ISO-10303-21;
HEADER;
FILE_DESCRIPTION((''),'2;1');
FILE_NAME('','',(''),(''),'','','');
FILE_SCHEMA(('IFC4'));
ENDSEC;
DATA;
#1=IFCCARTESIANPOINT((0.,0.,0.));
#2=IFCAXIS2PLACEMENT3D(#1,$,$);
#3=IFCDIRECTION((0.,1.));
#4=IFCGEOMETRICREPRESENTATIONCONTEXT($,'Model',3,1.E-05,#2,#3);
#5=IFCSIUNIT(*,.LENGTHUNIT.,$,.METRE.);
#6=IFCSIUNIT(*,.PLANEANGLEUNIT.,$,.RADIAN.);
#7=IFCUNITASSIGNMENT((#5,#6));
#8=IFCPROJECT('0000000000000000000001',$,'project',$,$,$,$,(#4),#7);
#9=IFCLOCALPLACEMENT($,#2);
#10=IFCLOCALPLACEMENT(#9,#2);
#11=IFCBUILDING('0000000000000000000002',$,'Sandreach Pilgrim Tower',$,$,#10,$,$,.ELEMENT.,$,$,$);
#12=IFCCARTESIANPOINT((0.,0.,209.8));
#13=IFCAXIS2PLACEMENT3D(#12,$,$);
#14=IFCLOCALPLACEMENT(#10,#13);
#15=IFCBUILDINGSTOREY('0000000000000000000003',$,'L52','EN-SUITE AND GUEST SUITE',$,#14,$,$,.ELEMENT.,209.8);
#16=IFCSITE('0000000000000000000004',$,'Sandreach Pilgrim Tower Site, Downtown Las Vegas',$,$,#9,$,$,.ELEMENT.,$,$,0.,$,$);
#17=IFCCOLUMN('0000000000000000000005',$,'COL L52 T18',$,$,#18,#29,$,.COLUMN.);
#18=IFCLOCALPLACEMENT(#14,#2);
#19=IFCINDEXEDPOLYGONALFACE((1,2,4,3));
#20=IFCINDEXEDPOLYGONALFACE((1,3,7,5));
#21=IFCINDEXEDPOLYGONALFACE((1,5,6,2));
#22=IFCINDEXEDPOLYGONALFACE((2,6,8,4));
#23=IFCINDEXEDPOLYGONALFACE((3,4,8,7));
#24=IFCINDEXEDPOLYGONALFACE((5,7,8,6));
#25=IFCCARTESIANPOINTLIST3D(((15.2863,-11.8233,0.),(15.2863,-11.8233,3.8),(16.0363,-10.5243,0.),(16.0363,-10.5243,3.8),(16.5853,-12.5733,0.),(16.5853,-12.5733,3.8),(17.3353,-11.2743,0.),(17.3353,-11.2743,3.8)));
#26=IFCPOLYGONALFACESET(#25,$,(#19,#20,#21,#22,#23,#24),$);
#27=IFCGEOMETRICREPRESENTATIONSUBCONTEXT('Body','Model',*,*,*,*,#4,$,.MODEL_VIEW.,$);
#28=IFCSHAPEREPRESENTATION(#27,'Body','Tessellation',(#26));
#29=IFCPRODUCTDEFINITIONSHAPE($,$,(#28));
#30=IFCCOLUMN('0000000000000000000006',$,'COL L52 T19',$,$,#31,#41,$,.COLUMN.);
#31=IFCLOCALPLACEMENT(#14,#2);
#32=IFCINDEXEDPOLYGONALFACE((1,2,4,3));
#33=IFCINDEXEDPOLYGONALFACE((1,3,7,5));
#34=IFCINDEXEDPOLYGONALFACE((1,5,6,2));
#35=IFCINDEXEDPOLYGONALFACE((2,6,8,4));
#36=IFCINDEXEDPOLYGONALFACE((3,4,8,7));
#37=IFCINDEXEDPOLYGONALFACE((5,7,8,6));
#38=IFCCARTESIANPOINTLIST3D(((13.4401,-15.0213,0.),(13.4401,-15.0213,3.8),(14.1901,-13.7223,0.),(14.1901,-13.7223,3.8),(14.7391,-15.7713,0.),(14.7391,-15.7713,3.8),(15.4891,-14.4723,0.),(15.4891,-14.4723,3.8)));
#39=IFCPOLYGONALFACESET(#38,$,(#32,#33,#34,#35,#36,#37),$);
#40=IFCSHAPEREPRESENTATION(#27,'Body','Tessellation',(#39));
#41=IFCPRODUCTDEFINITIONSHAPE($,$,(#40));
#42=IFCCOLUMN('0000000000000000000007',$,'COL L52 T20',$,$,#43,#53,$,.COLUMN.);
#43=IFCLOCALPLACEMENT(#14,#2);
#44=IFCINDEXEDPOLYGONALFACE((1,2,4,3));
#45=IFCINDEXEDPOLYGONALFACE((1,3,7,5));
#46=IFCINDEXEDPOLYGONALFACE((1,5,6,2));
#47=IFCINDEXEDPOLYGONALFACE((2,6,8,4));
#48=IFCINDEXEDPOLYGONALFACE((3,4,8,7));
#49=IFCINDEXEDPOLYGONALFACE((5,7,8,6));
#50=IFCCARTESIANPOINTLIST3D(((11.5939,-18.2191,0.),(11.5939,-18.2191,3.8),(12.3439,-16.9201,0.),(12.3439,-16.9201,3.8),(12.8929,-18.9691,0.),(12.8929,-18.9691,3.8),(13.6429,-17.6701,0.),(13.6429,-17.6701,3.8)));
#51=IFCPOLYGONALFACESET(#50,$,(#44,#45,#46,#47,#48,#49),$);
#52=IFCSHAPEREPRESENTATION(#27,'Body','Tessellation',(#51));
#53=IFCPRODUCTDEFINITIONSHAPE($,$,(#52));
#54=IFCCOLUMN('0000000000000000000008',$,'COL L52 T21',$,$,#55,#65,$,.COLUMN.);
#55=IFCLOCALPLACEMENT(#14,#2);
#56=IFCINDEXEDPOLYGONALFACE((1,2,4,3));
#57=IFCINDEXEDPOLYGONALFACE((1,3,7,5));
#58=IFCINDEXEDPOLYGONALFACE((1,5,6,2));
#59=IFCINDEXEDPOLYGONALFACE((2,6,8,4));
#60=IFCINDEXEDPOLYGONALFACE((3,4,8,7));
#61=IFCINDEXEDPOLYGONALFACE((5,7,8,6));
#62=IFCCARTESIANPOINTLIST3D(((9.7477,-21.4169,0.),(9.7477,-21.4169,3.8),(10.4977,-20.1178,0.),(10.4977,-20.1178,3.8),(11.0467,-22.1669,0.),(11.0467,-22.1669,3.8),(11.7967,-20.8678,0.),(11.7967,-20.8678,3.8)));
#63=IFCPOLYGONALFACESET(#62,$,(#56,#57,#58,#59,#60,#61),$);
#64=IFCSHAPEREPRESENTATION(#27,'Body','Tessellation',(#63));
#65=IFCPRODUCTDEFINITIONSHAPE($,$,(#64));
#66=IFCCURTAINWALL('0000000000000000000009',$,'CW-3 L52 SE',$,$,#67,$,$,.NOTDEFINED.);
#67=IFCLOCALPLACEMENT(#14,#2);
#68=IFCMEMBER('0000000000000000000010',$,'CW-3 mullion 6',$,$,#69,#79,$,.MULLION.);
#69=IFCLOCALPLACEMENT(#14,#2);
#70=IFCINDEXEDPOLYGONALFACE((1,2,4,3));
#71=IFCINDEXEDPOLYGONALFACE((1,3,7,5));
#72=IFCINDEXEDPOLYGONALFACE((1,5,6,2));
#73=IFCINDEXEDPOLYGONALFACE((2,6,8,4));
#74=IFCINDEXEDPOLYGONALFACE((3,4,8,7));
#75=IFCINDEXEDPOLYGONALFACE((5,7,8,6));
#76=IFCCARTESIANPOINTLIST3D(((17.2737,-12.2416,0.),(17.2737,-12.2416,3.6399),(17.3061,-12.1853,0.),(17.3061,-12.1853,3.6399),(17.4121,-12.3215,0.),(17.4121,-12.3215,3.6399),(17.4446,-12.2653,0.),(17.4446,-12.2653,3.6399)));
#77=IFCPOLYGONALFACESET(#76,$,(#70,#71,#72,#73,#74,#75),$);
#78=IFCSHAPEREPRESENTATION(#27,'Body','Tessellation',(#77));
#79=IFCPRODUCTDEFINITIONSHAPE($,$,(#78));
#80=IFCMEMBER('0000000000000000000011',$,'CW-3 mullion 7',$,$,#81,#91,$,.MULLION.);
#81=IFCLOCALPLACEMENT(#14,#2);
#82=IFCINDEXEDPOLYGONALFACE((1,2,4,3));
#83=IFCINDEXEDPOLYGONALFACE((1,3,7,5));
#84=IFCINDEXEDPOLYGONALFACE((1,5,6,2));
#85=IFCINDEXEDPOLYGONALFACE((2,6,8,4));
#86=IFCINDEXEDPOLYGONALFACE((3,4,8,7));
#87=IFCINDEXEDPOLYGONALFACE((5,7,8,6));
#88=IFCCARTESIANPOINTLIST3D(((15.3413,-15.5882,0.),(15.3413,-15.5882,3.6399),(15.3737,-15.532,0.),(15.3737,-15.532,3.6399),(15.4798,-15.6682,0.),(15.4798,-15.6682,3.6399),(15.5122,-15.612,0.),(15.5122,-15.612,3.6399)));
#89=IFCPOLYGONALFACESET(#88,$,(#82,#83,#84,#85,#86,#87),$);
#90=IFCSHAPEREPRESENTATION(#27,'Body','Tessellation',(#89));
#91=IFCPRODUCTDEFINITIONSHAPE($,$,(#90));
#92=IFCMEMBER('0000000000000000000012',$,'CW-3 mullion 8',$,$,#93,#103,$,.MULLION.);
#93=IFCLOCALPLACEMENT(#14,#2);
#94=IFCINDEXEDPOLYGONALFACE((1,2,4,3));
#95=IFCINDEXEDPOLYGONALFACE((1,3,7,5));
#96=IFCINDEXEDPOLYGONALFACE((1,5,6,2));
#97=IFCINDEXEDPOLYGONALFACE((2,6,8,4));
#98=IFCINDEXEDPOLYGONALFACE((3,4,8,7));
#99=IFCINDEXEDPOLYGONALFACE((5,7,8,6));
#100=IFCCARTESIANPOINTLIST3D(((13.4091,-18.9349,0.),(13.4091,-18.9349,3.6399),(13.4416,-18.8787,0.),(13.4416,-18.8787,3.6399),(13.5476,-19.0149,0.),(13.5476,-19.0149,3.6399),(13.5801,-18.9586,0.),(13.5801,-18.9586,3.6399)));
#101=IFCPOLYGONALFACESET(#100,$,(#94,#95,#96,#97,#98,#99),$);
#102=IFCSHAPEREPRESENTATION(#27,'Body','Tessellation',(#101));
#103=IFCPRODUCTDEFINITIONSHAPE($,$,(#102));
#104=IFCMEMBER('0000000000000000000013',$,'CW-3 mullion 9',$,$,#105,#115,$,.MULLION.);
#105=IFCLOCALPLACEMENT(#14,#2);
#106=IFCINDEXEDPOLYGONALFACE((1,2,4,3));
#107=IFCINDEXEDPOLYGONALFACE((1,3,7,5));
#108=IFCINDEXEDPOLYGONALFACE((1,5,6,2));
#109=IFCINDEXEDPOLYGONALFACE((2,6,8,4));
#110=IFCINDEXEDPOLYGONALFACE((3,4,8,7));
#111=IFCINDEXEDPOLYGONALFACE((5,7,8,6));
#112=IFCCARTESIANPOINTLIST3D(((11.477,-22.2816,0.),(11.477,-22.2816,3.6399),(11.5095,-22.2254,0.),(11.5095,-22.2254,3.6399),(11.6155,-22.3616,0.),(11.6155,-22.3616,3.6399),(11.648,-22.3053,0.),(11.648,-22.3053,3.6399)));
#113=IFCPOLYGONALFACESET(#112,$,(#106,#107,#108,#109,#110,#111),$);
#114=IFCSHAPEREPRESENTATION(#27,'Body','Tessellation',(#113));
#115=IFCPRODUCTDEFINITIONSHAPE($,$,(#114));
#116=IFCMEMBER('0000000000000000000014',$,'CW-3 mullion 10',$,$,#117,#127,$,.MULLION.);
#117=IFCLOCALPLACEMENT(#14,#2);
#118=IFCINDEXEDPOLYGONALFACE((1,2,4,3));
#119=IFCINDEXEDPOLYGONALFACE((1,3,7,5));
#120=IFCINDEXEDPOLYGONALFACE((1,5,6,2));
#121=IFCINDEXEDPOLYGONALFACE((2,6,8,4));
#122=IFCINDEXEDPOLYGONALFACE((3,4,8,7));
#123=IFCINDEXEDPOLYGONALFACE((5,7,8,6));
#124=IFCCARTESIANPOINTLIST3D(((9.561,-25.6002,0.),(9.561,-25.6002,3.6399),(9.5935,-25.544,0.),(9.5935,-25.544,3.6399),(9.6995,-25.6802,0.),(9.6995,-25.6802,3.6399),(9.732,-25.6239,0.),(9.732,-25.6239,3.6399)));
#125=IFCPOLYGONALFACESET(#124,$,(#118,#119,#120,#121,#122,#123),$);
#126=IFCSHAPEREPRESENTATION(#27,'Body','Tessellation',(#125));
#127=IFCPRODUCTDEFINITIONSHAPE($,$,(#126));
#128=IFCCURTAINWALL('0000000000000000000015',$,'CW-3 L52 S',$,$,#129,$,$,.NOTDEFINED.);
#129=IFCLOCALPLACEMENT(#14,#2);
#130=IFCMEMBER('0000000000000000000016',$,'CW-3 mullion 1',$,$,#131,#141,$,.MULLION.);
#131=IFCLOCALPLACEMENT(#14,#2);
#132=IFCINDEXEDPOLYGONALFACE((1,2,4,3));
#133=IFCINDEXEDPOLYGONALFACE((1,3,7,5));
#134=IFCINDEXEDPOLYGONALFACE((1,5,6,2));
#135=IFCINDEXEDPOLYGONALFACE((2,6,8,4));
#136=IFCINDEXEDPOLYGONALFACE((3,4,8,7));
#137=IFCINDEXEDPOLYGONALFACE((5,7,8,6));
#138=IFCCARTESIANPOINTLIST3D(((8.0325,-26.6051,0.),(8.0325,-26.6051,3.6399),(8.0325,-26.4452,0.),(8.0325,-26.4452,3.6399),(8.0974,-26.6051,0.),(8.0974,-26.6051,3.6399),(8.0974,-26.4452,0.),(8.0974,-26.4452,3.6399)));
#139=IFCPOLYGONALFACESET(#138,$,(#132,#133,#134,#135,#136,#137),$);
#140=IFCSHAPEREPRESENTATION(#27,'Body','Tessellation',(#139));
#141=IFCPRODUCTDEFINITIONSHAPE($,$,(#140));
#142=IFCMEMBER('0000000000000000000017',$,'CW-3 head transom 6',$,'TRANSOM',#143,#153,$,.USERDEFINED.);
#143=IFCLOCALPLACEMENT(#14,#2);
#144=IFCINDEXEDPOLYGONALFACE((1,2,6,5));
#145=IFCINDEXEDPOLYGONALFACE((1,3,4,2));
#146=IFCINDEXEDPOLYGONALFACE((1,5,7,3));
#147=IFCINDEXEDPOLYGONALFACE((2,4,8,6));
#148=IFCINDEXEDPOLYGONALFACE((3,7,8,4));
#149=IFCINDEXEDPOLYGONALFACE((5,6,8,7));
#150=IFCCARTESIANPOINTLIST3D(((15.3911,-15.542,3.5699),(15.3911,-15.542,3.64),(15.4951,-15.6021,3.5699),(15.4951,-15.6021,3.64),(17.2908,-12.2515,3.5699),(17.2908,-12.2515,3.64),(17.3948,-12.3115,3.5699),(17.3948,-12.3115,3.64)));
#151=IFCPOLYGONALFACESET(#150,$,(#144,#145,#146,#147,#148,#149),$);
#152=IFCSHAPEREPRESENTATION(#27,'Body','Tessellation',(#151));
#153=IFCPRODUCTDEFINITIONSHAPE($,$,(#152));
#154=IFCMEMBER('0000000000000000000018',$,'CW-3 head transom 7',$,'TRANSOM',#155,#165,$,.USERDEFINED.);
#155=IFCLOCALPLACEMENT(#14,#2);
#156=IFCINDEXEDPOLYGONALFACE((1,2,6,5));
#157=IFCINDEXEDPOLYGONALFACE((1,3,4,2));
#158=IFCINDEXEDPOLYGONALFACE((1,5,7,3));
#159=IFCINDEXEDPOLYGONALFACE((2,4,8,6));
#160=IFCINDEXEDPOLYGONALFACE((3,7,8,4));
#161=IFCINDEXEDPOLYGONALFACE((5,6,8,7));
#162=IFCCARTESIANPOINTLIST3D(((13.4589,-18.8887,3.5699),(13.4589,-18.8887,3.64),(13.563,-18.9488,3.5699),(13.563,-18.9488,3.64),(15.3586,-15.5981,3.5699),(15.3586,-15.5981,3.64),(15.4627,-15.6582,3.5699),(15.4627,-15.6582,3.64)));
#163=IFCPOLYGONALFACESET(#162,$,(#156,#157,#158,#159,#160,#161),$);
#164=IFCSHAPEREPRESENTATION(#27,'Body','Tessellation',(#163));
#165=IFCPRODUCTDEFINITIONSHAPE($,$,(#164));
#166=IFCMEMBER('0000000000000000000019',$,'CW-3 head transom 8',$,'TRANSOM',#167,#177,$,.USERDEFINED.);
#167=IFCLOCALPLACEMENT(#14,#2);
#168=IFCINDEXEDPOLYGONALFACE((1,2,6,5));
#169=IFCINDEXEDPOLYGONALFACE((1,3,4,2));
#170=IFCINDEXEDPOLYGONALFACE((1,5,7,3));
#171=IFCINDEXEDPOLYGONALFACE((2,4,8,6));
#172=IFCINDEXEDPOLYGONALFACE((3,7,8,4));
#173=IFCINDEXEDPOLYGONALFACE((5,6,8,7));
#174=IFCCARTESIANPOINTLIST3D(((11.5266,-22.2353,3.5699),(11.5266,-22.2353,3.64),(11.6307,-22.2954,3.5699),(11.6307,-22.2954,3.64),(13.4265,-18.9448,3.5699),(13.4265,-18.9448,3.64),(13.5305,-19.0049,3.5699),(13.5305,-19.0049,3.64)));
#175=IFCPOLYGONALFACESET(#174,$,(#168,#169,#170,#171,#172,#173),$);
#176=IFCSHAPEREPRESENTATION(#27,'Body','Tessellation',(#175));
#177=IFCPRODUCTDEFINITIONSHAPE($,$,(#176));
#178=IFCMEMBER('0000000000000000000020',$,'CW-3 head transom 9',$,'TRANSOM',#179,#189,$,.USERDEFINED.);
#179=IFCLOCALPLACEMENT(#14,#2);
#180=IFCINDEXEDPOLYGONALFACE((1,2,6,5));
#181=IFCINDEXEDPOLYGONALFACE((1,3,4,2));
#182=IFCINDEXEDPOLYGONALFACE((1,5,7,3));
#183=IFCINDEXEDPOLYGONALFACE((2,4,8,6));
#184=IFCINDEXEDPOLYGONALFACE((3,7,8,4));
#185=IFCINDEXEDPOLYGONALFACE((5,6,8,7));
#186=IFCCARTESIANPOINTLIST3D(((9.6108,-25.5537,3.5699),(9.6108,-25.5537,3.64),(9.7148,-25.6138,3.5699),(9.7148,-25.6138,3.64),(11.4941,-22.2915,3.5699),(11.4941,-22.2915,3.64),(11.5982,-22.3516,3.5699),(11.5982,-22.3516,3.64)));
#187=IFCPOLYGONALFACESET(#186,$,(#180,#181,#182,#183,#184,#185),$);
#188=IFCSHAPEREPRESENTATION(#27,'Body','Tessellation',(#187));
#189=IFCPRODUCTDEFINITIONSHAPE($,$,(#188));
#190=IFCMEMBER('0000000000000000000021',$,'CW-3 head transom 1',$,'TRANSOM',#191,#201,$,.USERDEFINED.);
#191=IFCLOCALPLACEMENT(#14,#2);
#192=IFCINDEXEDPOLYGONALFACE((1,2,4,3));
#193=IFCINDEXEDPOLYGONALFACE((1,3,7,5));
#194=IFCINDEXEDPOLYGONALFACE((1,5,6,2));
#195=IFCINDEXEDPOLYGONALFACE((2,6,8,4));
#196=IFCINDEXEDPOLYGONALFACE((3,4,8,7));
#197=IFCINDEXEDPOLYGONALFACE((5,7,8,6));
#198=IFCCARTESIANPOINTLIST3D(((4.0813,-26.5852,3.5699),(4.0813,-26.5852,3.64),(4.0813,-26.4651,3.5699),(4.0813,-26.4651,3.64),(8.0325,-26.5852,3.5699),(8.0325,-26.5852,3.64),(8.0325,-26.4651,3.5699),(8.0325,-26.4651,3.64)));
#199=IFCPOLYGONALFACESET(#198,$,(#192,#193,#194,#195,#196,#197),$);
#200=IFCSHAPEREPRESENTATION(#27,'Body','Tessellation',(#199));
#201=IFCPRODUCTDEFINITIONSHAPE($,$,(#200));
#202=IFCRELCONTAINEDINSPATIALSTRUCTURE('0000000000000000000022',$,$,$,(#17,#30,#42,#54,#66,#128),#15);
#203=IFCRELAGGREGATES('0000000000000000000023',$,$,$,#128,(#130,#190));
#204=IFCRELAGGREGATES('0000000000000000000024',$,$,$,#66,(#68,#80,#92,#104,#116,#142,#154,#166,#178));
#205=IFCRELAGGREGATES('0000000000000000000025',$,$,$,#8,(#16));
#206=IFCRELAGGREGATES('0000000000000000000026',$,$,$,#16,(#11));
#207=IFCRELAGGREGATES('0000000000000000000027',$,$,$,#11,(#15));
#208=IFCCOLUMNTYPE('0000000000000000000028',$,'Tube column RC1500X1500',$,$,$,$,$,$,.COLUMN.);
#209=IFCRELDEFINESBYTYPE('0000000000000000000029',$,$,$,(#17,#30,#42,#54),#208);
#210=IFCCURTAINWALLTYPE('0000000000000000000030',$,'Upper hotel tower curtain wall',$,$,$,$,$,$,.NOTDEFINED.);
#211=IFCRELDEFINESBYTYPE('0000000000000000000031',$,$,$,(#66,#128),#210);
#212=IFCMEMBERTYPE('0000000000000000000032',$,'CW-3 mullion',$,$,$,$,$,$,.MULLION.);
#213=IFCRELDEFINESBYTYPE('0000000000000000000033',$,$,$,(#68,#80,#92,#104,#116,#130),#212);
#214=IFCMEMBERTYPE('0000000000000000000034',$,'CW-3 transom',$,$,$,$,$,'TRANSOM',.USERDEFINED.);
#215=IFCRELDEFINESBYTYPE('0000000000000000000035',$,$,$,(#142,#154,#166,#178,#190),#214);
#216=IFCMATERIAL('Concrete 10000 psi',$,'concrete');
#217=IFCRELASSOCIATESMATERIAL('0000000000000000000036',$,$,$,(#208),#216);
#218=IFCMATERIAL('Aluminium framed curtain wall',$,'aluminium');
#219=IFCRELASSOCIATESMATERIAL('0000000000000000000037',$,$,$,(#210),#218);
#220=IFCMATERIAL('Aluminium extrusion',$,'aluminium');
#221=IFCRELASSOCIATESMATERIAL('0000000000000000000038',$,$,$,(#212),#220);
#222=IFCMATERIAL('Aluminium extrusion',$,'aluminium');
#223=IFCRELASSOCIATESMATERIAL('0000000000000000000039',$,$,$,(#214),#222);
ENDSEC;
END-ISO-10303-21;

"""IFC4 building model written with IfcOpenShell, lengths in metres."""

from ifc_helpers import new_model, si_unit, direction, frame, origin, origin_2d, place, context, subcontext, project, spatial, rectangle, extrude, material, material_profile, profile_set, type_object, element, aggregate, save


model = new_model("IFC4")

# Units and contexts
model_context = context("Model", 3, precision=1e-05, world=origin(), true_north=direction((0.0, 1.0)))
body_context = subcontext(model_context, "Body", "Model", "MODEL_VIEW")
ifc_project = project(units=[si_unit("LENGTHUNIT", "METRE"), si_unit("PLANEANGLEUNIT", "RADIAN")], contexts=[model_context])

# Site, building, storey
site_placement = place(None, origin())
site = spatial("IfcSite", under=ifc_project, at=site_placement, Name="Sandreach Pilgrim Tower Site, Downtown Las Vegas", CompositionType="ELEMENT", RefElevation=0.0)
building_placement = place(site_placement, origin())
building = spatial("IfcBuilding", under=site, at=building_placement, Name="Sandreach Pilgrim Tower", CompositionType="ELEMENT")
storey_placement = place(building_placement, frame((0.0, 0.0, 209.8)))
storey = spatial("IfcBuildingStorey", under=building, at=storey_placement, Name="L52", Description="EN-SUITE AND GUEST SUITE", CompositionType="ELEMENT", Elevation=209.8)

# Columns
ifc_material_1 = material(Name="Concrete 10000 psi", Category="concrete")
ifc_material_profile_1 = material_profile(ifc_material_1, rectangle(XDim=1.5, YDim=1.5, at=origin_2d()), Name="RC1500X1500")
ifc_profile_set_1 = profile_set([ifc_material_profile_1], Name="Concrete 10000 psi")
column_type = type_object("IfcColumnType", Name="Tube column RC1500X1500", PredefinedType="COLUMN", material=ifc_profile_set_1)
for number, where, z_axis, x_axis, name in (
    (1, (16.3108, -11.5488, 0.0), (0.0, 0.0, 1.0), (0.866025, -0.5, 0.0), "COL L52 T18"),
    (2, (14.4646, -14.7468, 0.0), (0.0, 0.0, 1.0), (0.866025, -0.5, 0.0), "COL L52 T19"),
    (3, (12.6184, -17.9446, 0.0), (0.0, 0.0, 1.0), (0.866025, -0.5, 0.0), "COL L52 T20"),
    (4, (10.7722, -21.1423, 0.0), (0.0, 0.0, 1.0), (0.866025, -0.5, 0.0), "COL L52 T21"),
):
    element("IfcColumn", number, at=place(storey_placement, frame(where, z_axis=z_axis, x_axis=x_axis)), inside=storey, type_object=column_type, Name=name, PredefinedType="COLUMN", context=body_context, shape_type="SweptSolid", body=[
        extrude(rectangle(XDim=1.5, YDim=1.5, at=origin_2d()), origin(), (0.0, 0.0, 1.0), 3.8),
    ])

# Curtain wall, members
ifc_material_2 = material(Name="Aluminium framed curtain wall", Category="aluminium")
curtain_wall_type = type_object("IfcCurtainWallType", Name="Upper hotel tower curtain wall", PredefinedType="NOTDEFINED", material=ifc_material_2)
curtain_wall_1_placement = place(storey_placement, origin())
curtain_wall_1 = element("IfcCurtainWall", 5, at=curtain_wall_1_placement, inside=storey, type_object=curtain_wall_type, Name="CW-3 L52 SE", PredefinedType="NOTDEFINED")
ifc_material_3 = material(Name="Aluminium extrusion", Category="aluminium")
ifc_material_profile_2 = material_profile(ifc_material_3, rectangle(XDim=0.0649, YDim=0.1599, at=origin_2d()), Name="CW-3M 65X160")
ifc_profile_set_2 = profile_set([ifc_material_profile_2], Name="Aluminium extrusion")
member_type_1 = type_object("IfcMemberType", Name="CW-3 mullion", PredefinedType="MULLION", material=ifc_profile_set_2)
member_1_placement = place(storey_placement, frame((17.3591, -12.2534, 0.0), z_axis=(0.0, 0.0, 1.0), x_axis=(-0.5, -0.866025, 0.0)))
member_1 = element("IfcMember", 6, at=member_1_placement, type_object=member_type_1, Name="CW-3 mullion 6", PredefinedType="MULLION", context=body_context, shape_type="SweptSolid", body=[
    extrude(rectangle(XDim=0.0649, YDim=0.1599, at=origin_2d()), origin(), (0.0, 0.0, 1.0), 3.6399),
])
member_2_placement = place(storey_placement, frame((15.4268, -15.6001, 0.0), z_axis=(0.0, 0.0, 1.0), x_axis=(-0.5, -0.866025, 0.0)))
member_2 = element("IfcMember", 7, at=member_2_placement, type_object=member_type_1, Name="CW-3 mullion 7", PredefinedType="MULLION", context=body_context, shape_type="SweptSolid", body=[
    extrude(rectangle(XDim=0.0649, YDim=0.1599, at=origin_2d()), origin(), (0.0, 0.0, 1.0), 3.6399),
])
member_3_placement = place(storey_placement, frame((13.4946, -18.9468, 0.0), z_axis=(0.0, 0.0, 1.0), x_axis=(-0.5, -0.866025, 0.0)))
member_3 = element("IfcMember", 8, at=member_3_placement, type_object=member_type_1, Name="CW-3 mullion 8", PredefinedType="MULLION", context=body_context, shape_type="SweptSolid", body=[
    extrude(rectangle(XDim=0.0649, YDim=0.1599, at=origin_2d()), origin(), (0.0, 0.0, 1.0), 3.6399),
])
member_4_placement = place(storey_placement, frame((11.5625, -22.2935, 0.0), z_axis=(0.0, 0.0, 1.0), x_axis=(-0.5, -0.866025, 0.0)))
member_4 = element("IfcMember", 9, at=member_4_placement, type_object=member_type_1, Name="CW-3 mullion 9", PredefinedType="MULLION", context=body_context, shape_type="SweptSolid", body=[
    extrude(rectangle(XDim=0.0649, YDim=0.1599, at=origin_2d()), origin(), (0.0, 0.0, 1.0), 3.6399),
])
member_5_placement = place(storey_placement, frame((9.6465, -25.6121, 0.0), z_axis=(0.0, 0.0, 1.0), x_axis=(-0.5, -0.866025, 0.0)))
member_5 = element("IfcMember", 10, at=member_5_placement, type_object=member_type_1, Name="CW-3 mullion 10", PredefinedType="MULLION", context=body_context, shape_type="SweptSolid", body=[
    extrude(rectangle(XDim=0.0649, YDim=0.1599, at=origin_2d()), origin(), (0.0, 0.0, 1.0), 3.6399),
])

# Curtain wall, member
curtain_wall_2_placement = place(storey_placement, origin())
curtain_wall_2 = element("IfcCurtainWall", 11, at=curtain_wall_2_placement, inside=storey, type_object=curtain_wall_type, Name="CW-3 L52 S", PredefinedType="NOTDEFINED")
member_6_placement = place(storey_placement, frame((8.0649, -26.5251, 0.0), z_axis=(0.0, 0.0, 1.0), x_axis=(-1.0, 0.0, 0.0)))
member_6 = element("IfcMember", 12, at=member_6_placement, type_object=member_type_1, Name="CW-3 mullion 1", PredefinedType="MULLION", context=body_context, shape_type="SweptSolid", body=[
    extrude(rectangle(XDim=0.0649, YDim=0.1599, at=origin_2d()), origin(), (0.0, 0.0, 1.0), 3.6399),
])

# Members
ifc_material_4 = material(Name="Aluminium extrusion", Category="aluminium")
ifc_material_profile_3 = material_profile(ifc_material_4, rectangle(XDim=0.1201, YDim=0.0701, at=origin_2d()), Name="CW-3T 120X70")
ifc_profile_set_3 = profile_set([ifc_material_profile_3], Name="Aluminium extrusion")
member_type_2 = type_object("IfcMemberType", Name="CW-3 transom", ElementType="TRANSOM", PredefinedType="USERDEFINED", material=ifc_profile_set_3)
member_7_placement = place(storey_placement, frame((17.3428, -12.2815, 3.605), z_axis=(-0.499975, -0.86604, 0.0), x_axis=(0.86604, -0.499975, 0.0)))
member_7 = element("IfcMember", 13, at=member_7_placement, type_object=member_type_2, Name="CW-3 head transom 6", ObjectType="TRANSOM", PredefinedType="USERDEFINED", context=body_context, shape_type="SweptSolid", body=[
    extrude(rectangle(XDim=0.1201, YDim=0.0701, at=origin_2d()), origin(), (0.0, 0.0, 1.0), 3.7996),
])
member_8_placement = place(storey_placement, frame((15.4106, -15.6282, 3.605), z_axis=(-0.499975, -0.86604, 0.0), x_axis=(0.86604, -0.499975, 0.0)))
member_8 = element("IfcMember", 14, at=member_8_placement, type_object=member_type_2, Name="CW-3 head transom 7", ObjectType="TRANSOM", PredefinedType="USERDEFINED", context=body_context, shape_type="SweptSolid", body=[
    extrude(rectangle(XDim=0.1201, YDim=0.0701, at=origin_2d()), origin(), (0.0, 0.0, 1.0), 3.7996),
])
member_9_placement = place(storey_placement, frame((13.4785, -18.9749, 3.605), z_axis=(-0.500023, -0.866012, 0.0), x_axis=(0.866012, -0.500023, 0.0)))
member_9 = element("IfcMember", 15, at=member_9_placement, type_object=member_type_2, Name="CW-3 head transom 8", ObjectType="TRANSOM", PredefinedType="USERDEFINED", context=body_context, shape_type="SweptSolid", body=[
    extrude(rectangle(XDim=0.1201, YDim=0.0701, at=origin_2d()), origin(), (0.0, 0.0, 1.0), 3.7996),
])
member_10_placement = place(storey_placement, frame((11.5461, -22.3215, 3.605), z_axis=(-0.499973, -0.866041, 0.0), x_axis=(0.866041, -0.499973, 0.0)))
member_10 = element("IfcMember", 16, at=member_10_placement, type_object=member_type_2, Name="CW-3 head transom 9", ObjectType="TRANSOM", PredefinedType="USERDEFINED", context=body_context, shape_type="SweptSolid", body=[
    extrude(rectangle(XDim=0.1201, YDim=0.0701, at=origin_2d()), origin(), (0.0, 0.0, 1.0), 3.7668),
])
member_11_placement = place(storey_placement, frame((8.0325, -26.5251, 3.605), z_axis=(-1.0, 0.0, 0.0), x_axis=(0.0, -1.0, 0.0)))
member_11 = element("IfcMember", 17, at=member_11_placement, type_object=member_type_2, Name="CW-3 head transom 1", ObjectType="TRANSOM", PredefinedType="USERDEFINED", context=body_context, shape_type="SweptSolid", body=[
    extrude(rectangle(XDim=0.1201, YDim=0.0701, at=origin_2d()), origin(), (0.0, 0.0, 1.0), 3.9512),
])
aggregate(curtain_wall_2, [member_6, member_11])

aggregate(curtain_wall_1, [member_1, member_2, member_3, member_4, member_5, member_7, member_8, member_9, member_10])

save(model, "model.ifc")
